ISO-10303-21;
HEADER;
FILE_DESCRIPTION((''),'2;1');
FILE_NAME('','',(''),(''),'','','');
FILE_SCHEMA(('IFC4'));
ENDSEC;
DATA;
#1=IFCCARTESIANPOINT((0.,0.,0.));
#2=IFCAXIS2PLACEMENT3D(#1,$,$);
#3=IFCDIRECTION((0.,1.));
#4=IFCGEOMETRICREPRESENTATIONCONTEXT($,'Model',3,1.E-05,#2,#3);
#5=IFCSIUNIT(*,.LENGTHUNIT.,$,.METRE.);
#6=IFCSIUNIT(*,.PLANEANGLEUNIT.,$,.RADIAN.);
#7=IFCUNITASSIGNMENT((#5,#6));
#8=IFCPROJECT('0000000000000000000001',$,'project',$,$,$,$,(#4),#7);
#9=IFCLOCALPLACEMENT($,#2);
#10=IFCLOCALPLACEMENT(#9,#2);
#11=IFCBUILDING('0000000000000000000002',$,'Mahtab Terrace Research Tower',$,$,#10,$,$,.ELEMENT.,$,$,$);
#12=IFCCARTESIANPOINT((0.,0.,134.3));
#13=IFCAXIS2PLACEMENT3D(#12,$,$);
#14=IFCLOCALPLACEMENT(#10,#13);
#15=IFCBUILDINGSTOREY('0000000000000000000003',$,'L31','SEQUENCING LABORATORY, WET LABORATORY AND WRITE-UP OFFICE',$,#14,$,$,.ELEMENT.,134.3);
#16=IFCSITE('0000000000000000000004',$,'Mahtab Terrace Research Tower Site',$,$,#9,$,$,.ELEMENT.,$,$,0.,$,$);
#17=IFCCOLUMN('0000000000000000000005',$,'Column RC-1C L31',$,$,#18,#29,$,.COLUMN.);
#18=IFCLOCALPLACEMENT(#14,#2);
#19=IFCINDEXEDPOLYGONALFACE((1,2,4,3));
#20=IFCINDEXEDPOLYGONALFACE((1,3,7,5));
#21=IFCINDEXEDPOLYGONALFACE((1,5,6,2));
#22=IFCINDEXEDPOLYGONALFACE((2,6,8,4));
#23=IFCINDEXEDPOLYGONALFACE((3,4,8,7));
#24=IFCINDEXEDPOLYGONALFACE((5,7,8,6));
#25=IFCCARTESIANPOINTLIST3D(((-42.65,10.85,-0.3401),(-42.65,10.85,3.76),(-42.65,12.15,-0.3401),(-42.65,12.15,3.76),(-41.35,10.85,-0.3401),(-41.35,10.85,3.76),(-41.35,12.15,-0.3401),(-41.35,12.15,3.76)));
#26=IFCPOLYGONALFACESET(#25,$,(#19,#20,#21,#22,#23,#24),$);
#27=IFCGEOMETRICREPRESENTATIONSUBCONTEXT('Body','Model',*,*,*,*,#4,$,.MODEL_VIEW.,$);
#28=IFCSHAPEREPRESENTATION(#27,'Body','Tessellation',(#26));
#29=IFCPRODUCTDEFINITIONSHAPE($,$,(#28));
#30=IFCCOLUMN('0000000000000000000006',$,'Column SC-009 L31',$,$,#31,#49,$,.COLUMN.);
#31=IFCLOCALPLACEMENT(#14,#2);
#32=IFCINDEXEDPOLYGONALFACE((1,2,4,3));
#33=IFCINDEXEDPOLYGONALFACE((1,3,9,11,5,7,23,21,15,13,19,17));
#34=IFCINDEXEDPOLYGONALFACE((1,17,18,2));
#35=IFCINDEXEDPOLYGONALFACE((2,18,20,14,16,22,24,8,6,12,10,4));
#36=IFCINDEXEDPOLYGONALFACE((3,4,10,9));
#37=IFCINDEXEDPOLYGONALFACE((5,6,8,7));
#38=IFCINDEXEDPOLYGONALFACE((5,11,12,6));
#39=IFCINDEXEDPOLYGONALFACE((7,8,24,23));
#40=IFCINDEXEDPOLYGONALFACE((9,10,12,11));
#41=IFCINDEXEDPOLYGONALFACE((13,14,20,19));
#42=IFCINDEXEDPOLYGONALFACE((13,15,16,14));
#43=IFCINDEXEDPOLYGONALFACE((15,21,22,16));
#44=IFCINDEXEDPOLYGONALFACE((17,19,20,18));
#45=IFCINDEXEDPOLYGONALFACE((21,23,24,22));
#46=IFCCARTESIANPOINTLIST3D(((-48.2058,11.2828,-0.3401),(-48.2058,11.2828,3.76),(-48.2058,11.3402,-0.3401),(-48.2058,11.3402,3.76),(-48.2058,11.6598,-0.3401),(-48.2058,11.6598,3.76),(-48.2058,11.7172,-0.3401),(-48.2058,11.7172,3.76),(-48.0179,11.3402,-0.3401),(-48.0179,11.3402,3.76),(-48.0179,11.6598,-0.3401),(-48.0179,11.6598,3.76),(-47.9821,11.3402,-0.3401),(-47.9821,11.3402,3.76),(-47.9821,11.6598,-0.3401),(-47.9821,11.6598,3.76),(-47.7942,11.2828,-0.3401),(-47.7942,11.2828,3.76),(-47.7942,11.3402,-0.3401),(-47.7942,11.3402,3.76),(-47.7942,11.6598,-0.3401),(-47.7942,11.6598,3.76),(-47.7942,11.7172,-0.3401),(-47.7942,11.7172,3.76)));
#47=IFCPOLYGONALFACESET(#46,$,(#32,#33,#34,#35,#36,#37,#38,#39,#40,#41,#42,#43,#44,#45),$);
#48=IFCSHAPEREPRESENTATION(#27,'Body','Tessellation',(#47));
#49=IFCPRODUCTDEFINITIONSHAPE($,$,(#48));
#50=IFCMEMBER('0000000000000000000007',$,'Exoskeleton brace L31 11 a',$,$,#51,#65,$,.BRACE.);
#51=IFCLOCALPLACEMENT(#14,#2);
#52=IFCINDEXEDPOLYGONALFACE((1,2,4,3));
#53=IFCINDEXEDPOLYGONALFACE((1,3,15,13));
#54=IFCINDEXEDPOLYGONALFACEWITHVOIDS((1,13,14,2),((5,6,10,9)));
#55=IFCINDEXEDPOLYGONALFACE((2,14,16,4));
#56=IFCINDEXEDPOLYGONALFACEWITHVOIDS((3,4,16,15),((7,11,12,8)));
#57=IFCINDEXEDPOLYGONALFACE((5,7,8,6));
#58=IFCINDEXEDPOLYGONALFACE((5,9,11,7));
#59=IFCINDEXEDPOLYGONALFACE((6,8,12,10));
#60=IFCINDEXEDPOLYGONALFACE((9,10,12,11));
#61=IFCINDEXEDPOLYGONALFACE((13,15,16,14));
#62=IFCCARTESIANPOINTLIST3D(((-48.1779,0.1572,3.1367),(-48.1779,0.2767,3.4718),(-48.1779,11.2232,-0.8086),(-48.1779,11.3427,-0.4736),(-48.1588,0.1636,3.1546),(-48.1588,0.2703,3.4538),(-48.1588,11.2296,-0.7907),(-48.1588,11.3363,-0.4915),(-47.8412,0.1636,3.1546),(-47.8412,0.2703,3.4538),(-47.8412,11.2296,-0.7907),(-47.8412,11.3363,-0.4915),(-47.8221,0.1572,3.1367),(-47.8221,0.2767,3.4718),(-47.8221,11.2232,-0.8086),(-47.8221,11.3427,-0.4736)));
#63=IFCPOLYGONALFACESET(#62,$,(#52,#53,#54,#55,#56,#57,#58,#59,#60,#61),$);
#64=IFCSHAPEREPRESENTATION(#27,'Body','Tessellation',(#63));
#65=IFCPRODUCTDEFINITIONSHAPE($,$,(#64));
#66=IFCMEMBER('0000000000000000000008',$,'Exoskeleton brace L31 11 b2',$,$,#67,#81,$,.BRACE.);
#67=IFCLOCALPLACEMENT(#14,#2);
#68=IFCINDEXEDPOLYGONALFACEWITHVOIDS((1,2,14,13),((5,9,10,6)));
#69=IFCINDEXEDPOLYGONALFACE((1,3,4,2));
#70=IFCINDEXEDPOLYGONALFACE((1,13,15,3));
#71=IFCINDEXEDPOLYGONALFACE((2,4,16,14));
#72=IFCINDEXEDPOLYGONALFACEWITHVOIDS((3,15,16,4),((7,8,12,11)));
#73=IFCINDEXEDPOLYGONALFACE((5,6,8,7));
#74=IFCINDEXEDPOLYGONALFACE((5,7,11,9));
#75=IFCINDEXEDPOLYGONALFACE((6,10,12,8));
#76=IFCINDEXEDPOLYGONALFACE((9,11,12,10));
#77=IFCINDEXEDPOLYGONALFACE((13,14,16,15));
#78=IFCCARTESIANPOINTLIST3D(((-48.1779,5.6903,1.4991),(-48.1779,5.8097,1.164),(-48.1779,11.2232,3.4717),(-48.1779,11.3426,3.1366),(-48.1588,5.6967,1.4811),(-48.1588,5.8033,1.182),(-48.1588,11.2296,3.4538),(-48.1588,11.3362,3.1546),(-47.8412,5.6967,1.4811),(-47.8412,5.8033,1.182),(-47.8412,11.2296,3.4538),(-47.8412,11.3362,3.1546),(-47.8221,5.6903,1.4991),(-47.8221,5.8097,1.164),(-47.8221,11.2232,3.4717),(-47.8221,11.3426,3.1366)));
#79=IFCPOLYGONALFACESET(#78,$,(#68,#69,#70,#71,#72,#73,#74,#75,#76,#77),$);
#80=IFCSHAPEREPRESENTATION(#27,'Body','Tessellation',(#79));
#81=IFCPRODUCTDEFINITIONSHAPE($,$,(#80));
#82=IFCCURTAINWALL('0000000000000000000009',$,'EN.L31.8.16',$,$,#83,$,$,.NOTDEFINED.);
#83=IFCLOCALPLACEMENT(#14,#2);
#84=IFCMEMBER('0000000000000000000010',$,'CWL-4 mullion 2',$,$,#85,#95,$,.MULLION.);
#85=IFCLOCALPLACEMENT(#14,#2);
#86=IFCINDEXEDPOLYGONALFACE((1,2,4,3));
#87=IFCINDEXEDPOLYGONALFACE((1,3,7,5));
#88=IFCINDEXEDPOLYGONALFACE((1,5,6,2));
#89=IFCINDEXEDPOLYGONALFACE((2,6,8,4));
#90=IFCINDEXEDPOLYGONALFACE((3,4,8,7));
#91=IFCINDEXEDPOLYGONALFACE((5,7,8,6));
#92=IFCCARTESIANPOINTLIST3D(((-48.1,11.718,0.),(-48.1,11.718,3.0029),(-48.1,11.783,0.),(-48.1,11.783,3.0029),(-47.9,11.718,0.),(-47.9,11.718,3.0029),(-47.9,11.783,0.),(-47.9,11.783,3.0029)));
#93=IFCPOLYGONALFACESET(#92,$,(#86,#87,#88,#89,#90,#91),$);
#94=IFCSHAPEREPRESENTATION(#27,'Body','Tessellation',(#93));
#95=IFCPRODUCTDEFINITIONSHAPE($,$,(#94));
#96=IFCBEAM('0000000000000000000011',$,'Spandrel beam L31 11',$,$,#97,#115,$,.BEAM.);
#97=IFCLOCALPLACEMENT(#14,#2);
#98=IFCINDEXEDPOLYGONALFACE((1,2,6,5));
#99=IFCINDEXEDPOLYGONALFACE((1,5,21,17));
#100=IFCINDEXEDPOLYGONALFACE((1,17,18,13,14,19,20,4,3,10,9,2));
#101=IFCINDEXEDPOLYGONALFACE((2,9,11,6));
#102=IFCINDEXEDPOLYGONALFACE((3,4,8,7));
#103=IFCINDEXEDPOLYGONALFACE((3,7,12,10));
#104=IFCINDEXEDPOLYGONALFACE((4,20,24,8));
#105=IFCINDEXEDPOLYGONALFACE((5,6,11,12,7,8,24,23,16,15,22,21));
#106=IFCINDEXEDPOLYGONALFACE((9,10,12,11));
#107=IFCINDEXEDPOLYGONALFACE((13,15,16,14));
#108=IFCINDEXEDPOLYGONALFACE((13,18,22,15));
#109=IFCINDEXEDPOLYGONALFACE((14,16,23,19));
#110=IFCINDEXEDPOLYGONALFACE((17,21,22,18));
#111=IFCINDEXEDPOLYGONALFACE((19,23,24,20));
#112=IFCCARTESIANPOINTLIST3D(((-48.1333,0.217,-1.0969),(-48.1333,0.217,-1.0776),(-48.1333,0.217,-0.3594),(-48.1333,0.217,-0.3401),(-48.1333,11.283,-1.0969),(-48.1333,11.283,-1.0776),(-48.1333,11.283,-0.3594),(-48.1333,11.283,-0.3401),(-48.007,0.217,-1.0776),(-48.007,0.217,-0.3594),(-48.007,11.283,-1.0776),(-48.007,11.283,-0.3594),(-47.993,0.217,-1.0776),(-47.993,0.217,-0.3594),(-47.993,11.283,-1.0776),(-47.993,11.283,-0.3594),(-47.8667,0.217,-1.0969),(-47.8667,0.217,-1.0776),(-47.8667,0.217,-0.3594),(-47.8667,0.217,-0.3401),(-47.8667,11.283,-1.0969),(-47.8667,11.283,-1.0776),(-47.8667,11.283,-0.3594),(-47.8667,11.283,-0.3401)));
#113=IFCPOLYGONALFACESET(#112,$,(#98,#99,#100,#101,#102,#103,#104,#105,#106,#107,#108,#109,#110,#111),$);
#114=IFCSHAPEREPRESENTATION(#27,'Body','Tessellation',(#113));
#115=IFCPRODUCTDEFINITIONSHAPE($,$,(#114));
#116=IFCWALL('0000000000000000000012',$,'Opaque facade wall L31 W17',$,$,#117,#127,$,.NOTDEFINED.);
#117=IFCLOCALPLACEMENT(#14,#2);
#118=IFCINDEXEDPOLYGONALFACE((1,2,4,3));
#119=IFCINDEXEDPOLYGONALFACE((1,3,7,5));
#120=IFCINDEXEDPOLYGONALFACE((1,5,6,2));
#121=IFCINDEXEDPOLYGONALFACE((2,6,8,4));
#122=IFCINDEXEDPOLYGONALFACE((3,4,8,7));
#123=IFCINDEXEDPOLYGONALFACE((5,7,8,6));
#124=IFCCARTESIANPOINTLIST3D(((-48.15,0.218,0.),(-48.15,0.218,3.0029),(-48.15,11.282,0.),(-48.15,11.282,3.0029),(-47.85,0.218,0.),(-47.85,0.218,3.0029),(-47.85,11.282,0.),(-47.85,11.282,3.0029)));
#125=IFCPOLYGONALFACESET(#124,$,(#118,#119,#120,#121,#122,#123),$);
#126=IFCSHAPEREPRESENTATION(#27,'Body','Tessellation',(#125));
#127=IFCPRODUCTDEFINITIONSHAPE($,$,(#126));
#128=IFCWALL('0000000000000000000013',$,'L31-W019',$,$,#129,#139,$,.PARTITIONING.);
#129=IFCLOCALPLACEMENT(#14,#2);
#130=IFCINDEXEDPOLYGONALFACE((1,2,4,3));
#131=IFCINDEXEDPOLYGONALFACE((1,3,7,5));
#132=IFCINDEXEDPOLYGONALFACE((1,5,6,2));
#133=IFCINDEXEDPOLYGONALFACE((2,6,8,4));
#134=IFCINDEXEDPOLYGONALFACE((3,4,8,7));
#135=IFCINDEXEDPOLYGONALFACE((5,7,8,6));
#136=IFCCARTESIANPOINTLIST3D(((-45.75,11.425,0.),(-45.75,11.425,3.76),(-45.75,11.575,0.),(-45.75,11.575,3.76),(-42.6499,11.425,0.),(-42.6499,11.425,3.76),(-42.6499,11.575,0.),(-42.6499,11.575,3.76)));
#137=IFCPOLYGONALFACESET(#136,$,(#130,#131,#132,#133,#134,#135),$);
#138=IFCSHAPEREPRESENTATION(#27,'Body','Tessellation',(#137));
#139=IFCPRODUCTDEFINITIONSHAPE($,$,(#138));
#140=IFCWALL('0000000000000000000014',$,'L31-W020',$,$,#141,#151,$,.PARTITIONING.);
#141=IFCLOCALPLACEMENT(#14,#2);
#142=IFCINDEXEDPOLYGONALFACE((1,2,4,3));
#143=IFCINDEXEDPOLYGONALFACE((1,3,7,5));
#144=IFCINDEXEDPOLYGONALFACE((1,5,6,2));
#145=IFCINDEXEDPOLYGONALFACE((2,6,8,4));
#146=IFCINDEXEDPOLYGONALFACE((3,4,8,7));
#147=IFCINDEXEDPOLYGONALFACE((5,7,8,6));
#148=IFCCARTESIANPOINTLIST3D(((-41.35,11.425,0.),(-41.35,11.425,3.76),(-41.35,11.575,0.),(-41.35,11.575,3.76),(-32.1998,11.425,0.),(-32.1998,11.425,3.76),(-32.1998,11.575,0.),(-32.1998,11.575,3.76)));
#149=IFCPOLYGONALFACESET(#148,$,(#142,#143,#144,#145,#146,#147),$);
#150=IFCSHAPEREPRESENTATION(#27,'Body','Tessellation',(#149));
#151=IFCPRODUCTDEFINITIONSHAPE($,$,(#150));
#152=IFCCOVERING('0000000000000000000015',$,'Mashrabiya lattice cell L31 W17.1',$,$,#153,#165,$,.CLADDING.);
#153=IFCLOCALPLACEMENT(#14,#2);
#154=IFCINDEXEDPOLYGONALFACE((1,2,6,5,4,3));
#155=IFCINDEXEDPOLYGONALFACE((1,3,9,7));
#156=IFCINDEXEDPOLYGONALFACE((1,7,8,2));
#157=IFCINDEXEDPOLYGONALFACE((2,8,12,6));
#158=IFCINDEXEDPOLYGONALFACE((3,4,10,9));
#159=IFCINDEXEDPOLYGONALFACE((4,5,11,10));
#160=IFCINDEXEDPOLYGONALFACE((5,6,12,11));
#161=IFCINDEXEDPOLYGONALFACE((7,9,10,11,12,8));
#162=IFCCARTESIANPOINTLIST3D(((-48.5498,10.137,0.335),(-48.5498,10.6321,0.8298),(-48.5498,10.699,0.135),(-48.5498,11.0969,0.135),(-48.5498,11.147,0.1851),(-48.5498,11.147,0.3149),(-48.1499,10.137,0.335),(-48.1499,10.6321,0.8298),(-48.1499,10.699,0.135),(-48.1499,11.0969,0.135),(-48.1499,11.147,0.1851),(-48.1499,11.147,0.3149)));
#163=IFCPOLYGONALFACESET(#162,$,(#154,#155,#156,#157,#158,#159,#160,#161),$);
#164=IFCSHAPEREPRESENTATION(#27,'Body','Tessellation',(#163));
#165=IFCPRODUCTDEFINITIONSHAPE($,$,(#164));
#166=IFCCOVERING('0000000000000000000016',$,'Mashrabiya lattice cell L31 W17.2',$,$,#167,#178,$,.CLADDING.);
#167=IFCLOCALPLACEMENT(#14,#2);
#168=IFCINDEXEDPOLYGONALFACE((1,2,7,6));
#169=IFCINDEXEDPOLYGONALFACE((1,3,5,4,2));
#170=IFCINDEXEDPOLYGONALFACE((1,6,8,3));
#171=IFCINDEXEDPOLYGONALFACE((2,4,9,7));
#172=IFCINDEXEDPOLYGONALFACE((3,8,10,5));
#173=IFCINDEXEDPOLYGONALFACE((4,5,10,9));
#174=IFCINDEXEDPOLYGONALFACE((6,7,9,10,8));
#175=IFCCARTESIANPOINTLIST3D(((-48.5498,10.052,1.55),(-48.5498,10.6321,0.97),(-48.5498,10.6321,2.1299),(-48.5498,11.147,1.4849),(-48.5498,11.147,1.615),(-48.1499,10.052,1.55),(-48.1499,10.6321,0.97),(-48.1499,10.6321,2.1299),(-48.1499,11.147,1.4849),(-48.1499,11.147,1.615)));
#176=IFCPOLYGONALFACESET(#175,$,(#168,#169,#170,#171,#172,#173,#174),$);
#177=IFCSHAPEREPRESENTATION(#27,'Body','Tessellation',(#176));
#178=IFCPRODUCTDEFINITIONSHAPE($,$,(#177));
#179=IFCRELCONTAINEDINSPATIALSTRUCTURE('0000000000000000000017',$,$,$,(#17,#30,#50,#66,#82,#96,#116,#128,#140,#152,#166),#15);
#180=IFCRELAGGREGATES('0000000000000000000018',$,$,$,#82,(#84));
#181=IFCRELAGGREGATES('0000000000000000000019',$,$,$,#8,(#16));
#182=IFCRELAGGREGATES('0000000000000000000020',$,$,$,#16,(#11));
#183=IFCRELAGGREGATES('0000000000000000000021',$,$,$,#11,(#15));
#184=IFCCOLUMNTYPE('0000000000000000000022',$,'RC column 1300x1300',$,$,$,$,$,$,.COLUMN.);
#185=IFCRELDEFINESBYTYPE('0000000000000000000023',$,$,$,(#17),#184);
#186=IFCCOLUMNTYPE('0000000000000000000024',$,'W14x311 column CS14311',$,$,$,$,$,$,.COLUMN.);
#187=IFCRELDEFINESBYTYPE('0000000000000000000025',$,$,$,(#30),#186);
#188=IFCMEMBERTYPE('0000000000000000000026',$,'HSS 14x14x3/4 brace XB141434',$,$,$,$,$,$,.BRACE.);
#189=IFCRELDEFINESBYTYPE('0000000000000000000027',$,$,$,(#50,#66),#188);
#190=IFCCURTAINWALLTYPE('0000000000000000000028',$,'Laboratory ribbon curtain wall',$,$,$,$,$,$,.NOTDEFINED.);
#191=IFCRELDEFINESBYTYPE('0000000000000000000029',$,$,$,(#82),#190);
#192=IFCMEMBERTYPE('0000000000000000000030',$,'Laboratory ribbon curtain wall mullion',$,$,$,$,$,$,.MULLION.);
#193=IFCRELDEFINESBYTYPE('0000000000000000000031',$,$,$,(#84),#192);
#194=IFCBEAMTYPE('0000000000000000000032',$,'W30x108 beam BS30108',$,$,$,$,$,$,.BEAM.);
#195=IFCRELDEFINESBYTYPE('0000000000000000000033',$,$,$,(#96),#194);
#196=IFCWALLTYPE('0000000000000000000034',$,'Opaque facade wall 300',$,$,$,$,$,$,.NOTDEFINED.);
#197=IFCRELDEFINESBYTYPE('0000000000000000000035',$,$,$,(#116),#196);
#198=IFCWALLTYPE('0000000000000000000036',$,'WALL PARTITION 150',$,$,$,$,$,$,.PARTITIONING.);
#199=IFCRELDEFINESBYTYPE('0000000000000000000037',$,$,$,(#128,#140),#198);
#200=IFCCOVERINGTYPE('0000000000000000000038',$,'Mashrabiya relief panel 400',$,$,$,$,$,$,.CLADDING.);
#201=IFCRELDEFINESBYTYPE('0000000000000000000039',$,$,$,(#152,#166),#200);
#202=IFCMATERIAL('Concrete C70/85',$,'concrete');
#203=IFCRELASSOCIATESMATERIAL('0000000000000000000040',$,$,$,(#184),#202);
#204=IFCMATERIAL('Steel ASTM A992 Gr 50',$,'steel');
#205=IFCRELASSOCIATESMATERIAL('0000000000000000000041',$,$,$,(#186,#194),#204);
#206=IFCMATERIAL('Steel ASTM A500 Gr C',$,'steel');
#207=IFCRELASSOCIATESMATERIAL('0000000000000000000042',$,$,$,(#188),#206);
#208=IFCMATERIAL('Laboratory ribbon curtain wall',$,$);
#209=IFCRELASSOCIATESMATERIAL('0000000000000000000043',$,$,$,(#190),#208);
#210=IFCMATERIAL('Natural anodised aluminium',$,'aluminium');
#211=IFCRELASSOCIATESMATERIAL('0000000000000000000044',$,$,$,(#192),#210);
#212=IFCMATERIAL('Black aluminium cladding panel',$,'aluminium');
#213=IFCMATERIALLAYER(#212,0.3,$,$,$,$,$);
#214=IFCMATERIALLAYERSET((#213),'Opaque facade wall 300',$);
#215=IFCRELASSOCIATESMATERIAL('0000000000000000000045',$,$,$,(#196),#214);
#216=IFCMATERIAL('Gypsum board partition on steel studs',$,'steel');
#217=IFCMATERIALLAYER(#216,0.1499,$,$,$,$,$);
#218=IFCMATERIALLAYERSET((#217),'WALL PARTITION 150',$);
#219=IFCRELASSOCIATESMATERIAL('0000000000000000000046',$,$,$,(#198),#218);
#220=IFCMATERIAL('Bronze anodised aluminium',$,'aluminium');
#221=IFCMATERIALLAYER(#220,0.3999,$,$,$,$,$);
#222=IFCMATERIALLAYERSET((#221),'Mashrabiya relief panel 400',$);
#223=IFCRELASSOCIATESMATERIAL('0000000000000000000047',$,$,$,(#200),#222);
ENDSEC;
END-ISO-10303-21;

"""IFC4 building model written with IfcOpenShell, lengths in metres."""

from ifc_helpers import new_model, si_unit, direction, frame, frame_2d, origin, origin_2d, place, context, subcontext, project, spatial, polyline, rectangle, hollow_rectangle, i_section, outline, extrude, material, layer, layer_set, material_profile, profile_set, type_object, element, aggregate, save


model = new_model("IFC4")

# Units and contexts
model_context = context("Model", 3, precision=1e-05, world=origin(), true_north=direction((0.0, 1.0)))
body_context = subcontext(model_context, "Body", "Model", "MODEL_VIEW")
ifc_project = project(units=[si_unit("LENGTHUNIT", "METRE"), si_unit("PLANEANGLEUNIT", "RADIAN")], contexts=[model_context])

# Site, building, storey
site_placement = place(None, origin())
site = spatial("IfcSite", under=ifc_project, at=site_placement, Name="Mahtab Terrace Research Tower Site", CompositionType="ELEMENT", RefElevation=0.0)
building_placement = place(site_placement, origin())
building = spatial("IfcBuilding", under=site, at=building_placement, Name="Mahtab Terrace Research Tower", CompositionType="ELEMENT")
storey_placement = place(building_placement, frame((0.0, 0.0, 134.3)))
storey = spatial("IfcBuildingStorey", under=building, at=storey_placement, Name="L31", Description="SEQUENCING LABORATORY, WET LABORATORY AND WRITE-UP OFFICE", CompositionType="ELEMENT", Elevation=134.3)

# Columns
ifc_material_1 = material(Name="Concrete C70/85", Category="concrete")
ifc_material_profile_1 = material_profile(ifc_material_1, rectangle(XDim=1.3, YDim=1.3, at=origin_2d()), Name="RC column 1300x1300")
ifc_profile_set_1 = profile_set([ifc_material_profile_1], Name="Concrete C70/85")
column_type_1 = type_object("IfcColumnType", Name="RC column 1300x1300", PredefinedType="COLUMN", material=ifc_profile_set_1)
column_1_placement = place(storey_placement, frame((-42.0, 11.5, -0.3401), z_axis=(0.0, 0.0, 1.0), x_axis=(1.0, 0.0, 0.0)))
element("IfcColumn", 1, at=column_1_placement, inside=storey, type_object=column_type_1, Name="Column RC-1C L31", PredefinedType="COLUMN", context=body_context, shape_type="SweptSolid", body=[
    extrude(rectangle(XDim=1.3, YDim=1.3, at=origin_2d()), origin(), (0.0, 0.0, 1.0), 4.1001),
])
ifc_material_2 = material(Name="Steel ASTM A992 Gr 50", Category="steel")
ifc_material_profile_2 = material_profile(ifc_material_2, i_section(OverallWidth=0.4116, OverallDepth=0.4343, WebThickness=0.0359, FlangeThickness=0.0574, at=origin_2d()), Name="W14X311")
ifc_profile_set_2 = profile_set([ifc_material_profile_2], Name="Steel ASTM A992 Gr 50")
column_type_2 = type_object("IfcColumnType", Name="W14x311 column CS14311", PredefinedType="COLUMN", material=ifc_profile_set_2)
column_2_placement = place(storey_placement, frame((-48.0, 11.5, -0.3401), z_axis=(0.0, 0.0, 1.0), x_axis=(1.0, 0.0, 0.0)))
element("IfcColumn", 2, at=column_2_placement, inside=storey, type_object=column_type_2, Name="Column SC-009 L31", PredefinedType="COLUMN", context=body_context, shape_type="SweptSolid", body=[
    extrude(i_section(OverallWidth=0.4116, OverallDepth=0.4343, WebThickness=0.0359, FlangeThickness=0.0574, at=origin_2d()), origin(), (0.0, 0.0, 1.0), 4.1001),
])

# Members
ifc_material_3 = material(Name="Steel ASTM A500 Gr C", Category="steel")
ifc_material_profile_3 = material_profile(ifc_material_3, hollow_rectangle(XDim=0.3557, YDim=0.3557, WallThickness=0.019, at=origin_2d()), Name="HSS14X14X3/4")
ifc_profile_set_3 = profile_set([ifc_material_profile_3], Name="Steel ASTM A500 Gr C")
member_type_1 = type_object("IfcMemberType", Name="HSS 14x14x3/4 brace XB141434", PredefinedType="BRACE", material=ifc_profile_set_3)
member_1_placement = place(storey_placement, frame((-48.0, 11.283, -0.6411), z_axis=(0.0, -0.941925, 0.335823), x_axis=(1.0, 0.0, 0.0)))
element("IfcMember", 3, at=member_1_placement, inside=storey, type_object=member_type_1, Name="Exoskeleton brace L31 11 a", PredefinedType="BRACE", context=body_context, shape_type="SweptSolid", body=[
    extrude(hollow_rectangle(XDim=0.3557, YDim=0.3557, WallThickness=0.019, at=origin_2d()), origin(), (0.0, 0.0, 1.0), 11.7483),
])
member_2_placement = place(storey_placement, frame((-48.0, 5.75, 1.3315), z_axis=(0.0, 0.941925, 0.335823), x_axis=(-1.0, 0.0, 0.0)))
element("IfcMember", 4, at=member_2_placement, inside=storey, type_object=member_type_1, Name="Exoskeleton brace L31 11 b2", PredefinedType="BRACE", context=body_context, shape_type="SweptSolid", body=[
    extrude(hollow_rectangle(XDim=0.3557, YDim=0.3557, WallThickness=0.019, at=origin_2d()), origin(), (0.0, 0.0, 1.0), 5.874),
])

# Curtain wall, member
ifc_material_4 = material(Name="Laboratory ribbon curtain wall")
curtain_wall_type = type_object("IfcCurtainWallType", Name="Laboratory ribbon curtain wall", PredefinedType="NOTDEFINED", material=ifc_material_4)
curtain_wall_placement = place(storey_placement, origin())
curtain_wall = element("IfcCurtainWall", 5, at=curtain_wall_placement, inside=storey, type_object=curtain_wall_type, Name="EN.L31.8.16", PredefinedType="NOTDEFINED")
ifc_material_5 = material(Name="Natural anodised aluminium", Category="aluminium")
ifc_material_profile_4 = material_profile(ifc_material_5, rectangle(XDim=0.2, YDim=0.0649, at=origin_2d()), Name="MULLION 65x200")
ifc_profile_set_4 = profile_set([ifc_material_profile_4], Name="Natural anodised aluminium")
member_type_2 = type_object("IfcMemberType", Name="Laboratory ribbon curtain wall mullion", PredefinedType="MULLION", material=ifc_profile_set_4)
member_3_placement = place(storey_placement, frame((-48.0, 11.7505, 0.0), z_axis=(0.0, 0.0, 1.0), x_axis=(1.0, 0.0, 0.0)))
member_3 = element("IfcMember", 6, at=member_3_placement, type_object=member_type_2, Name="CWL-4 mullion 2", PredefinedType="MULLION", context=body_context, shape_type="SweptSolid", body=[
    extrude(rectangle(XDim=0.2, YDim=0.0649, at=origin_2d()), origin(), (0.0, 0.0, 1.0), 3.0029),
])
aggregate(curtain_wall, [member_3])

# Beam
ifc_material_profile_5 = material_profile(ifc_material_2, i_section(OverallWidth=0.2666, OverallDepth=0.7568, WebThickness=0.0139, FlangeThickness=0.0193, at=origin_2d()), Name="W30X108")
ifc_profile_set_5 = profile_set([ifc_material_profile_5], Name="Steel ASTM A992 Gr 50")
beam_type = type_object("IfcBeamType", Name="W30x108 beam BS30108", PredefinedType="BEAM", material=ifc_profile_set_5)
beam_placement = place(storey_placement, frame((-48.0, 11.283, -0.7185), z_axis=(0.0, -1.0, 0.0), x_axis=(1.0, 0.0, 0.0)))
element("IfcBeam", 7, at=beam_placement, inside=storey, type_object=beam_type, Name="Spandrel beam L31 11", PredefinedType="BEAM", context=body_context, shape_type="SweptSolid", body=[
    extrude(i_section(OverallWidth=0.2666, OverallDepth=0.7568, WebThickness=0.0139, FlangeThickness=0.0193, at=origin_2d()), origin(), (0.0, 0.0, 1.0), 11.0659),
])

# Walls
ifc_material_6 = material(Name="Black aluminium cladding panel", Category="aluminium")
ifc_layer_1 = layer(ifc_material_6, 0.3)
ifc_layer_set_1 = layer_set([ifc_layer_1], Name="Opaque facade wall 300")
wall_type_1 = type_object("IfcWallType", Name="Opaque facade wall 300", PredefinedType="NOTDEFINED", material=ifc_layer_set_1)
wall_1_placement = place(storey_placement, frame((-48.0, 11.282, 0.0), z_axis=(0.0, 0.0, 1.0), x_axis=(0.0, -1.0, 0.0)))
element("IfcWall", 8, at=wall_1_placement, inside=storey, type_object=wall_type_1, Name="Opaque facade wall L31 W17", PredefinedType="NOTDEFINED", context=body_context, shape_type="SweptSolid", body=[
    extrude(rectangle(XDim=11.064, YDim=0.3, at=frame_2d((5.532, 0.0))), origin(), (0.0, 0.0, 1.0), 3.0029),
])
ifc_material_7 = material(Name="Gypsum board partition on steel studs", Category="steel")
ifc_layer_2 = layer(ifc_material_7, 0.1499)
ifc_layer_set_2 = layer_set([ifc_layer_2], Name="WALL PARTITION 150")
wall_type_2 = type_object("IfcWallType", Name="WALL PARTITION 150", PredefinedType="PARTITIONING", material=ifc_layer_set_2)
wall_2_placement = place(storey_placement, frame((-45.75, 11.5, 0.0), z_axis=(0.0, 0.0, 1.0), x_axis=(1.0, 0.0, 0.0)))
element("IfcWall", 9, at=wall_2_placement, inside=storey, type_object=wall_type_2, Name="L31-W019", PredefinedType="PARTITIONING", context=body_context, shape_type="SweptSolid", body=[
    extrude(rectangle(XDim=3.1001, YDim=0.1499, at=frame_2d((1.55, 0.0))), origin(), (0.0, 0.0, 1.0), 3.76),
])
wall_3_placement = place(storey_placement, frame((-41.3501, 11.5, 0.0), z_axis=(0.0, 0.0, 1.0), x_axis=(1.0, 0.0, 0.0)))
element("IfcWall", 10, at=wall_3_placement, inside=storey, type_object=wall_type_2, Name="L31-W020", PredefinedType="PARTITIONING", context=body_context, shape_type="SweptSolid", body=[
    extrude(rectangle(XDim=9.1501, YDim=0.1499, at=frame_2d((4.5752, 0.0))), origin(), (0.0, 0.0, 1.0), 3.76),
])

# Coverings
ifc_material_8 = material(Name="Bronze anodised aluminium", Category="aluminium")
ifc_layer_3 = layer(ifc_material_8, 0.3999)
ifc_layer_set_3 = layer_set([ifc_layer_3], Name="Mashrabiya relief panel 400")
covering_type = type_object("IfcCoveringType", Name="Mashrabiya relief panel 400", PredefinedType="CLADDING", material=ifc_layer_set_3)
covering_1_placement = place(storey_placement, frame((-48.1499, 11.147, 0.1851), z_axis=(1.0, 0.0, 0.0), x_axis=(0.0, 0.0, 1.0)))
element("IfcCovering", 11, at=covering_1_placement, inside=storey, type_object=covering_type, Name="Mashrabiya lattice cell L31 W17.1", PredefinedType="CLADDING", context=body_context, shape_type="SweptSolid", body=[
    extrude(outline(polyline([(0.0, 0.0), (0.1299, 0.0), (0.6448, 0.5149), (0.1499, 1.01), (-0.05, 0.448), (-0.05, 0.05), (0.0, 0.0)])), origin(), (0.0, 0.0, -1.0), 0.3999),
])
covering_2_placement = place(storey_placement, frame((-48.1499, 10.6321, 2.1299), z_axis=(1.0, 0.0, 0.0), x_axis=(0.0, -0.707256, -0.706958)))
element("IfcCovering", 12, at=covering_2_placement, inside=storey, type_object=covering_type, Name="Mashrabiya lattice cell L31 W17.2", PredefinedType="CLADDING", context=body_context, shape_type="SweptSolid", body=[
    extrude(outline(polyline([(0.0, 0.0), (0.8202, 0.0), (0.82, 0.8204), (0.0918, 0.8202), (-0.0002, 0.7282), (0.0, 0.0)])), origin(), (0.0, 0.0, -1.0), 0.3999),
])

save(model, "model.ifc")
